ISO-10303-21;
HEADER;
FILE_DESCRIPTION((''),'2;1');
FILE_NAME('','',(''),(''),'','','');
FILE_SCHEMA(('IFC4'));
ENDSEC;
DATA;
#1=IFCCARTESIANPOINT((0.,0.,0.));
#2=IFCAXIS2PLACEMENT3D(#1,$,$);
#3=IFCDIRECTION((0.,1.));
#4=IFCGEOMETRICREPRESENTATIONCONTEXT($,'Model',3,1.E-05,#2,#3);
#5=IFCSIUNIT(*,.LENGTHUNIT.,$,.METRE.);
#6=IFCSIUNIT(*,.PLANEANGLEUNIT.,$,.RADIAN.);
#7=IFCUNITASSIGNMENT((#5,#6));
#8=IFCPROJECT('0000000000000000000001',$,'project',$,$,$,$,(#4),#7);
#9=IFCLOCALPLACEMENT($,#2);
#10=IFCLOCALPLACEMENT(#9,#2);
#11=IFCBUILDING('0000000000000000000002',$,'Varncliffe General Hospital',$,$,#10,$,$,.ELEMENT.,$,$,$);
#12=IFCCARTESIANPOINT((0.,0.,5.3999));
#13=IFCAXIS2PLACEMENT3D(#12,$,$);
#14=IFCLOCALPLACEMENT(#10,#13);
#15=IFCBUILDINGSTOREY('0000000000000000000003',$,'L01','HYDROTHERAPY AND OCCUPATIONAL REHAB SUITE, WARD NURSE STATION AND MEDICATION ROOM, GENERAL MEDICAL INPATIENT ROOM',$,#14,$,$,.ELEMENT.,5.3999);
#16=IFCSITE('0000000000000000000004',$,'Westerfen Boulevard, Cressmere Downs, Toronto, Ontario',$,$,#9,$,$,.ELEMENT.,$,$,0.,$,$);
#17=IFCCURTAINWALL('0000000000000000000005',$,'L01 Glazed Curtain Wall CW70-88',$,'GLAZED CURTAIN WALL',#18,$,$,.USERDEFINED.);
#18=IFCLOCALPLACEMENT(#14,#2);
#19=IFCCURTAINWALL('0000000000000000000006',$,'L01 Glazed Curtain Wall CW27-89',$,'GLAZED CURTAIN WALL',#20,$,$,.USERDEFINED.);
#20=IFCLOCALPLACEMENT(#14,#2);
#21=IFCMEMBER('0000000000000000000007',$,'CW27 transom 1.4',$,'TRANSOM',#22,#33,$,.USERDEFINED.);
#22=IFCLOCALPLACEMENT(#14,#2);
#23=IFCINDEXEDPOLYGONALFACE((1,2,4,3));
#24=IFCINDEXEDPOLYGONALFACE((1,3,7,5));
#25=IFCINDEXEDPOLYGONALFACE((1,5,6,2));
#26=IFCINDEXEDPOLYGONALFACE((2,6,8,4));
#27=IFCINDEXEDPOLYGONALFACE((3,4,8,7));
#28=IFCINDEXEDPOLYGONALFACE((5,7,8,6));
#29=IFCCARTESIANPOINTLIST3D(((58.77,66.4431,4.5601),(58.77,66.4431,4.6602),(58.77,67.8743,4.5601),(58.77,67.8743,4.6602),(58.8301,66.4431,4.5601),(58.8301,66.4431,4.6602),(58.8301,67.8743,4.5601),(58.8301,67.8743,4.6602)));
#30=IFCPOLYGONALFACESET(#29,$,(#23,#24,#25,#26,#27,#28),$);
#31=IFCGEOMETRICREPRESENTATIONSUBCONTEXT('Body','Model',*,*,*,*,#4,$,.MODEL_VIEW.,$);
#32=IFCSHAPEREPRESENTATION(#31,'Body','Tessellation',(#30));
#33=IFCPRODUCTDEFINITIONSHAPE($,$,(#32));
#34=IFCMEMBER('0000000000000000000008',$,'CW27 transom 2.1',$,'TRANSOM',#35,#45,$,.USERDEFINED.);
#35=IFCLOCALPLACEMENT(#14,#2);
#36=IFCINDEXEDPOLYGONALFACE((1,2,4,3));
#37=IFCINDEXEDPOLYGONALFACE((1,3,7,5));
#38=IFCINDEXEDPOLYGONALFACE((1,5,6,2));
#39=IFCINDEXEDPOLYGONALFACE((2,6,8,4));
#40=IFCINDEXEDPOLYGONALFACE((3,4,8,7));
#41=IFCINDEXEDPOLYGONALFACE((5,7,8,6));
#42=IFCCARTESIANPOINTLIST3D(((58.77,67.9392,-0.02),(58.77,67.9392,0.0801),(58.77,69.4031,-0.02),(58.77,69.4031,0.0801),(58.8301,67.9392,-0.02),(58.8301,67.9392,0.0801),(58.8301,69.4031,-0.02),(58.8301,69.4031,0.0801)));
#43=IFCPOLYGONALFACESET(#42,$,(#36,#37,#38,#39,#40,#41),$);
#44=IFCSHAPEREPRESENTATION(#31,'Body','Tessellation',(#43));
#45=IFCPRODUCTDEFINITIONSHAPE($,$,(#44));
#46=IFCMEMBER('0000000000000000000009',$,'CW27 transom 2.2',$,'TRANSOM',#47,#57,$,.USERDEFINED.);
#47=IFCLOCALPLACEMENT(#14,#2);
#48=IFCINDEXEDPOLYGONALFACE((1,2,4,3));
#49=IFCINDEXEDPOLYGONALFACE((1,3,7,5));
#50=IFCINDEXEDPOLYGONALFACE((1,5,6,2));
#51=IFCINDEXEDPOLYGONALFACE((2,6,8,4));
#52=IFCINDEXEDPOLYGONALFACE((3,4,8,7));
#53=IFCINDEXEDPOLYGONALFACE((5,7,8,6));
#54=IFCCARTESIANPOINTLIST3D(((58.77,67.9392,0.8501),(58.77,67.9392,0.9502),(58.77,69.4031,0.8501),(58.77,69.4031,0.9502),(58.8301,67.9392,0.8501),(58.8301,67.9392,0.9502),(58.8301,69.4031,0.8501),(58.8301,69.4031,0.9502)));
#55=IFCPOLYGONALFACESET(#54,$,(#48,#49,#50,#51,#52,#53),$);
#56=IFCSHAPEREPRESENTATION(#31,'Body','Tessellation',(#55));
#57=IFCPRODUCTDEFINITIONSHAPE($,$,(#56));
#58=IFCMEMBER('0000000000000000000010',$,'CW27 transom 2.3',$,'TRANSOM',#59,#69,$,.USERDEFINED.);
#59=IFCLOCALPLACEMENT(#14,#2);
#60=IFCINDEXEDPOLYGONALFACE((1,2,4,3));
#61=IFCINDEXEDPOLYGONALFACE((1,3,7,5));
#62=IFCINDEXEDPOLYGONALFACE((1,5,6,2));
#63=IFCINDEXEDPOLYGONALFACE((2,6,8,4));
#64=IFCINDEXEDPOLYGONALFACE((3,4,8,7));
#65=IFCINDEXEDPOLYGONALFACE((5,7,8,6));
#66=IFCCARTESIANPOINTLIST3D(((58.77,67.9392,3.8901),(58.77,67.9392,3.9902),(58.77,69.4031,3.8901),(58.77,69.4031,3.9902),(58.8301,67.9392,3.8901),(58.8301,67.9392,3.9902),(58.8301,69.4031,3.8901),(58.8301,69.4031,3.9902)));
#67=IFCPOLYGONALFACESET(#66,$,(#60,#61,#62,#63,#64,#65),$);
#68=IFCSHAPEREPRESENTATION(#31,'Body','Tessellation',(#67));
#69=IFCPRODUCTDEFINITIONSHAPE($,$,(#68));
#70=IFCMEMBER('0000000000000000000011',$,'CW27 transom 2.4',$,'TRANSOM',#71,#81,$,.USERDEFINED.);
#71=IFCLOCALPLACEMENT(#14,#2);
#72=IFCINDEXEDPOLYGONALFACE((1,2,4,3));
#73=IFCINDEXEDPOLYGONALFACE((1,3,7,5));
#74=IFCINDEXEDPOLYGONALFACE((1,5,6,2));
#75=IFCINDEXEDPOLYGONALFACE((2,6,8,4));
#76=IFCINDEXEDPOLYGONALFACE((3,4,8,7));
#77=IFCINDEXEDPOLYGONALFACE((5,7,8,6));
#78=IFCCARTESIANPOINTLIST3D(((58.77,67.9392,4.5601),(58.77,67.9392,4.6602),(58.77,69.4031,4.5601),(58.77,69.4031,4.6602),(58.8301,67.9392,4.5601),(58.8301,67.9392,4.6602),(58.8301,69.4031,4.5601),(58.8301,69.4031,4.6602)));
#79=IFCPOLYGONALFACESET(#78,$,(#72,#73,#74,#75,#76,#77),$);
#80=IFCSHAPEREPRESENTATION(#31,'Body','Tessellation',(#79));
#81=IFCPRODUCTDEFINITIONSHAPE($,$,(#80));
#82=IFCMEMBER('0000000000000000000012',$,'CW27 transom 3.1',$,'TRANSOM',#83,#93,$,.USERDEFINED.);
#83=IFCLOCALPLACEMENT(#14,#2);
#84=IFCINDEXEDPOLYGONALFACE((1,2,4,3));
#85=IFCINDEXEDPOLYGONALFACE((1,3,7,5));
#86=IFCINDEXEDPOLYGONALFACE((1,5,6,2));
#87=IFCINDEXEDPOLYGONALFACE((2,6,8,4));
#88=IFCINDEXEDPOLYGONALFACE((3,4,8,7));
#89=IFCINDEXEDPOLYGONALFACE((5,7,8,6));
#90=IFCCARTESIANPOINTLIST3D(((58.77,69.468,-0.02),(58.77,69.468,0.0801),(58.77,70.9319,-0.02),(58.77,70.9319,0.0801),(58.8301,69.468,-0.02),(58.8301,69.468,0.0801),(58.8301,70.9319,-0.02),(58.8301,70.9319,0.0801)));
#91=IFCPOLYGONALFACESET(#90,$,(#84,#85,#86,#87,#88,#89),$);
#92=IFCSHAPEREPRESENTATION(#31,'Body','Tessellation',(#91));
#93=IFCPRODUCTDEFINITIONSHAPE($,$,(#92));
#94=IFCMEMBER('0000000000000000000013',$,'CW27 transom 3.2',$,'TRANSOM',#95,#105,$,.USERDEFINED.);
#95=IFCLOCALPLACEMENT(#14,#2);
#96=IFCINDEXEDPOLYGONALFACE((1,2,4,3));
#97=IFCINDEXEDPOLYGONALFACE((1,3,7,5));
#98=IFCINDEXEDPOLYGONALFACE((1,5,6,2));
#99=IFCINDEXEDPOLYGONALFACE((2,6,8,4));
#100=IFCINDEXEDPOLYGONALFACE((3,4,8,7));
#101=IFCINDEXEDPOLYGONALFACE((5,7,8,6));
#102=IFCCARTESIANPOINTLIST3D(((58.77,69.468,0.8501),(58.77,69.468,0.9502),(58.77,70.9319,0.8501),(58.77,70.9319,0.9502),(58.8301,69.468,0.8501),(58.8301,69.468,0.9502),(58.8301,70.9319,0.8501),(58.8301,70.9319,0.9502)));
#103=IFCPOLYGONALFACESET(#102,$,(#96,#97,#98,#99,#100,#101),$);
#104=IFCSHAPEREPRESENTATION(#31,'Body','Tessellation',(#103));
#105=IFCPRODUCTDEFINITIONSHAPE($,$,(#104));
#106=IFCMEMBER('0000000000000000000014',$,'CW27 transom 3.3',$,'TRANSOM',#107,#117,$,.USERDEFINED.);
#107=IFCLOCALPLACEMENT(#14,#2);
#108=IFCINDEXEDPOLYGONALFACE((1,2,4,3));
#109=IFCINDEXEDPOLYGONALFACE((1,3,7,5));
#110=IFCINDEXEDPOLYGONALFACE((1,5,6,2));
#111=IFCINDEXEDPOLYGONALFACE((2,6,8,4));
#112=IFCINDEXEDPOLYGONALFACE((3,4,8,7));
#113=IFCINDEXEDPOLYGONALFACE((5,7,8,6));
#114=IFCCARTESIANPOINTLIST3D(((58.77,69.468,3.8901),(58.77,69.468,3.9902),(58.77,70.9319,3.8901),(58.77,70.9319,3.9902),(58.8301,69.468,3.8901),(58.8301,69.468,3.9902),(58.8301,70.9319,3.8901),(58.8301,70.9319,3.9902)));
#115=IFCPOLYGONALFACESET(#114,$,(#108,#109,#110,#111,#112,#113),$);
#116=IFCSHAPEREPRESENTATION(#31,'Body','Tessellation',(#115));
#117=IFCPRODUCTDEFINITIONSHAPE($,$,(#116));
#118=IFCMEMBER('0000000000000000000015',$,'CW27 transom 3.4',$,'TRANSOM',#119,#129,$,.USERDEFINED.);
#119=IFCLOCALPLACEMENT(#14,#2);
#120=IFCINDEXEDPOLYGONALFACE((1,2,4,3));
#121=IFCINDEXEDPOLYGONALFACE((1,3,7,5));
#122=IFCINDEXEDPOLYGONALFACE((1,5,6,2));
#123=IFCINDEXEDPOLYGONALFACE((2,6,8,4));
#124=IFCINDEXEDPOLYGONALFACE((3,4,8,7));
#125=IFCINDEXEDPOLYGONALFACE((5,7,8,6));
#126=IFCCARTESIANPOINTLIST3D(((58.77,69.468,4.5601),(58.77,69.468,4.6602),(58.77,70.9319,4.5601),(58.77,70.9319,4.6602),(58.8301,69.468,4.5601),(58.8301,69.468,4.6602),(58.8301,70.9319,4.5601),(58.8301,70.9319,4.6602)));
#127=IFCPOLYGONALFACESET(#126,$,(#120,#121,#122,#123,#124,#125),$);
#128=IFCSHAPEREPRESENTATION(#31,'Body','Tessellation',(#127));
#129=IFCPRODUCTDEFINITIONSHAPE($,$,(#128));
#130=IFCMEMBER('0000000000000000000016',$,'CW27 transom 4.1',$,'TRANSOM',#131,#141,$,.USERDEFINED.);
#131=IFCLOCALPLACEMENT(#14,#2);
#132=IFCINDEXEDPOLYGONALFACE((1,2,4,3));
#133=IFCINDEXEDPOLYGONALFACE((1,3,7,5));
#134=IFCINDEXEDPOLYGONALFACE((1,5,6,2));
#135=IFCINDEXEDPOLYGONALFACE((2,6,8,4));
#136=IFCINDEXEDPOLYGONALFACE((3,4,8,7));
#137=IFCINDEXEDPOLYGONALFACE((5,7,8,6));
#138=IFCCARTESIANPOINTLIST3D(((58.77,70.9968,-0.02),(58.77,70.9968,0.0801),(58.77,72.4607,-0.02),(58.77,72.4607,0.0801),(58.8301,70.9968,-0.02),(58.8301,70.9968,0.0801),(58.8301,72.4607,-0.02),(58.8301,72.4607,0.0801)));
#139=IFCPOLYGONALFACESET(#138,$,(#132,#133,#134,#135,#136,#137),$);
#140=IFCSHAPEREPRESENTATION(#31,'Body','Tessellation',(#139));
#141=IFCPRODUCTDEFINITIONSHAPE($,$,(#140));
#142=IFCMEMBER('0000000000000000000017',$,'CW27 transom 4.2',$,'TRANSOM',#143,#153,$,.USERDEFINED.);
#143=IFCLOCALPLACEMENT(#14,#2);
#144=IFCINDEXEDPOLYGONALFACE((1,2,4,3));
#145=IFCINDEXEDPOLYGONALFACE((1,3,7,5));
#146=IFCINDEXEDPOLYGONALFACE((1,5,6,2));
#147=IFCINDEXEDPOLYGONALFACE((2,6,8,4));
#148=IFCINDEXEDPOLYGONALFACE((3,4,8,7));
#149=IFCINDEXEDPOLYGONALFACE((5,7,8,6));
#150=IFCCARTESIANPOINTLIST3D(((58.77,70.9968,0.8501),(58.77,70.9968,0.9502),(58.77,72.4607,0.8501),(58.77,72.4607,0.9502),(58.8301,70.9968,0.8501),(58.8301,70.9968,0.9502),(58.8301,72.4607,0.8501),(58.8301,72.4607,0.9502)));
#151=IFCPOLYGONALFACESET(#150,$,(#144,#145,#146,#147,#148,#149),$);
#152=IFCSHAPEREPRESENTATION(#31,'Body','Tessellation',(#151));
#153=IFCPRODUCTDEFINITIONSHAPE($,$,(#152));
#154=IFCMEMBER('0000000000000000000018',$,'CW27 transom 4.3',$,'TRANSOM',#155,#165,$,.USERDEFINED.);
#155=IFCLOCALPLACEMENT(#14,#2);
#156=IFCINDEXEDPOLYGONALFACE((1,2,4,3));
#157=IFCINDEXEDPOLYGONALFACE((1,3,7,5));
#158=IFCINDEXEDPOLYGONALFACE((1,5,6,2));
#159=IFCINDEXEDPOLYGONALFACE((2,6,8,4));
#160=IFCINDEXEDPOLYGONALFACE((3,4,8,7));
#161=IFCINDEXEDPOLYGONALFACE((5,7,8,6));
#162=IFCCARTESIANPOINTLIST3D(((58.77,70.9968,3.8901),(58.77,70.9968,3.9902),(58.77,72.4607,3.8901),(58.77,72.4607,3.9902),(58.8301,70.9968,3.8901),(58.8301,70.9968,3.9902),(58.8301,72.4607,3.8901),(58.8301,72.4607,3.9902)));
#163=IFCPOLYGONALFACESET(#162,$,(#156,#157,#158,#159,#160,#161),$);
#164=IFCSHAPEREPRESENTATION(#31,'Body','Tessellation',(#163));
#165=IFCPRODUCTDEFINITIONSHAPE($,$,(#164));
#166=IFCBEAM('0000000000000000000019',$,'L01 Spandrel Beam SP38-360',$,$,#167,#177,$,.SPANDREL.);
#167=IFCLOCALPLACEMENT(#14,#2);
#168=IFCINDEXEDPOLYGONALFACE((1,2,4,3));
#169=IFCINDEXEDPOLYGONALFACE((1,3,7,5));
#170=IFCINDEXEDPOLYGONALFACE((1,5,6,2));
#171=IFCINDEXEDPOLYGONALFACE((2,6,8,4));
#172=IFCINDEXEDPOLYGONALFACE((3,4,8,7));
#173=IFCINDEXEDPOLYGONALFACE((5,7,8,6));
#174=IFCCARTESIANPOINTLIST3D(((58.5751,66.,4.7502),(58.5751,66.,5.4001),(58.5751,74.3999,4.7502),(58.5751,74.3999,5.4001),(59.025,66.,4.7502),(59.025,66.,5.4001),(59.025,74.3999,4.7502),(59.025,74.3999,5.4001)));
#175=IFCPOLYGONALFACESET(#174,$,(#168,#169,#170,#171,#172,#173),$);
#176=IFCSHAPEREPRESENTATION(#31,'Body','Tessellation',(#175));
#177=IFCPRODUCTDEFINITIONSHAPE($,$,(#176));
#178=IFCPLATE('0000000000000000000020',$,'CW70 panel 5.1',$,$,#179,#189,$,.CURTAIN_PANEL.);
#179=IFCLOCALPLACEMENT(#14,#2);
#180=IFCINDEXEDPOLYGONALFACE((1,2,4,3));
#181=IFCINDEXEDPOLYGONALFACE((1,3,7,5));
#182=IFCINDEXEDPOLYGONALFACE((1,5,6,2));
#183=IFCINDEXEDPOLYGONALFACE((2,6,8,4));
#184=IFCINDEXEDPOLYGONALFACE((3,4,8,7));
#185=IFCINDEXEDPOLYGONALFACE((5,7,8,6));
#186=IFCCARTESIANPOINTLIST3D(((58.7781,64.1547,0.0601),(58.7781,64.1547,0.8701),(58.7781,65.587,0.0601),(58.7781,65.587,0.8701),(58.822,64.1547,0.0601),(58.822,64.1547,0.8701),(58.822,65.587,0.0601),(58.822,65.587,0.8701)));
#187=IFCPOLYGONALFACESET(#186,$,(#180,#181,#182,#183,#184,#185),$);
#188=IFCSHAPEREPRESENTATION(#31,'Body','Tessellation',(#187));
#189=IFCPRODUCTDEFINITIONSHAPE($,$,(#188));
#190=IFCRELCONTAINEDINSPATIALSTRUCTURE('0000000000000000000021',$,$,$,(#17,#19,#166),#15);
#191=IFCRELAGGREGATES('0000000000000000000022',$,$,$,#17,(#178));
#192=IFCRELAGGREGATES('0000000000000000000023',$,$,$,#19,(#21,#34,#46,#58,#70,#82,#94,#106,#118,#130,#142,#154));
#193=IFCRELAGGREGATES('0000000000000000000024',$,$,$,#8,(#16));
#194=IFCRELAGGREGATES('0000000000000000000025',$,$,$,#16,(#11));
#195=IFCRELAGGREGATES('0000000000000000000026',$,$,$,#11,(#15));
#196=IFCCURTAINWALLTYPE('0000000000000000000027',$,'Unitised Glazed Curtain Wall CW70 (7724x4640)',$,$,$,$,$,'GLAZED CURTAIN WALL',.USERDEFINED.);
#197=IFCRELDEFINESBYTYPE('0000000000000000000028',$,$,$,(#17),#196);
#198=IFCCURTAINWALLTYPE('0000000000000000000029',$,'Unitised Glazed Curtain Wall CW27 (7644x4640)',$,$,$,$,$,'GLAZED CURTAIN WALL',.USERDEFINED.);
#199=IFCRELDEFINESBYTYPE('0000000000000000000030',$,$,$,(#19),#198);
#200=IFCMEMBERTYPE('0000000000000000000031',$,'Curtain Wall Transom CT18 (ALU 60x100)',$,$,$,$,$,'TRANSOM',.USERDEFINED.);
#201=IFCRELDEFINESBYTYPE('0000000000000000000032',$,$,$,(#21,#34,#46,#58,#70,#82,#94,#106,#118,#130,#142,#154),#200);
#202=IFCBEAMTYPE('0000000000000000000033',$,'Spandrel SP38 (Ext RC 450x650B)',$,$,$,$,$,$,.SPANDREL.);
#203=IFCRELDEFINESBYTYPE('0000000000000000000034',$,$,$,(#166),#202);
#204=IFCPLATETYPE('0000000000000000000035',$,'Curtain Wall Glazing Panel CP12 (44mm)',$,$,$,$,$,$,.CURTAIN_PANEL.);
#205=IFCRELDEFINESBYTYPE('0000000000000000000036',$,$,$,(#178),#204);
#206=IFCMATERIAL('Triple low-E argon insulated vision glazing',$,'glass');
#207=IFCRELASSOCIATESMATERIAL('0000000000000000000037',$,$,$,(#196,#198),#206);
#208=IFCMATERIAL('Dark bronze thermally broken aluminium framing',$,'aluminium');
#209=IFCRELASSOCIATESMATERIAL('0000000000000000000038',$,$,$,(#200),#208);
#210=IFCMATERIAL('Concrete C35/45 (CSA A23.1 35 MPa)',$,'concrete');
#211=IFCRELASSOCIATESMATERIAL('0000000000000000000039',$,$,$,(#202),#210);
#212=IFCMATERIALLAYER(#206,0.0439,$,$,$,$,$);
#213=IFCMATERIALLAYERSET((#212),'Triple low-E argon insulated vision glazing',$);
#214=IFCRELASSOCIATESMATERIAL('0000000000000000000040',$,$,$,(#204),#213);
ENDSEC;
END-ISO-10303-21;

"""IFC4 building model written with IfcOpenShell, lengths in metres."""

from ifc_helpers import new_model, si_unit, direction, frame, origin, origin_2d, place, context, subcontext, project, spatial, rectangle, extrude, material, layer, layer_set, material_profile, profile_set, type_object, element, aggregate, save


model = new_model("IFC4")

# Units and contexts
model_context = context("Model", 3, precision=1e-05, world=origin(), true_north=direction((0.0, 1.0)))
body_context = subcontext(model_context, "Body", "Model", "MODEL_VIEW")
ifc_project = project(units=[si_unit("LENGTHUNIT", "METRE"), si_unit("PLANEANGLEUNIT", "RADIAN")], contexts=[model_context])

# Site, building, storey
site_placement = place(None, origin())
site = spatial("IfcSite", under=ifc_project, at=site_placement, Name="Westerfen Boulevard, Cressmere Downs, Toronto, Ontario", CompositionType="ELEMENT", RefElevation=0.0)
building_placement = place(site_placement, origin())
building = spatial("IfcBuilding", under=site, at=building_placement, Name="Varncliffe General Hospital", CompositionType="ELEMENT")
storey_placement = place(building_placement, frame((0.0, 0.0, 5.3999)))
storey = spatial("IfcBuildingStorey", under=building, at=storey_placement, Name="L01", Description="HYDROTHERAPY AND OCCUPATIONAL REHAB SUITE, WARD NURSE STATION AND MEDICATION ROOM, GENERAL MEDICAL INPATIENT ROOM", CompositionType="ELEMENT", Elevation=5.3999)

# Shared definitions
ifc_material_1 = material(Name="Concrete C35/45 (CSA A23.1 35 MPa)", Category="concrete")

# Curtain wall
ifc_material_2 = material(Name="Triple low-E argon insulated vision glazing", Category="glass")
curtain_wall_type_1 = type_object("IfcCurtainWallType", Name="Unitised Glazed Curtain Wall CW70 (7724x4640)", ElementType="GLAZED CURTAIN WALL", PredefinedType="USERDEFINED", material=ifc_material_2)
curtain_wall_1_placement = place(storey_placement, origin())
curtain_wall_1 = element("IfcCurtainWall", 1, at=curtain_wall_1_placement, inside=storey, type_object=curtain_wall_type_1, Name="L01 Glazed Curtain Wall CW70-88", ObjectType="GLAZED CURTAIN WALL", PredefinedType="USERDEFINED")
ifc_material_3 = material(Name="Dark bronze thermally broken aluminium framing", Category="aluminium")

# Curtain wall
curtain_wall_type_2 = type_object("IfcCurtainWallType", Name="Unitised Glazed Curtain Wall CW27 (7644x4640)", ElementType="GLAZED CURTAIN WALL", PredefinedType="USERDEFINED", material=ifc_material_2)
curtain_wall_2_placement = place(storey_placement, origin())
curtain_wall_2 = element("IfcCurtainWall", 2, at=curtain_wall_2_placement, inside=storey, type_object=curtain_wall_type_2, Name="L01 Glazed Curtain Wall CW27-89", ObjectType="GLAZED CURTAIN WALL", PredefinedType="USERDEFINED")

# Members
ifc_material_profile_1 = material_profile(ifc_material_3, rectangle(XDim=0.0601, YDim=0.1001, at=origin_2d()), Name="ALU 60x100")
ifc_profile_set_1 = profile_set([ifc_material_profile_1], Name="Dark bronze thermally broken aluminium framing")
member_type_1 = type_object("IfcMemberType", Name="Curtain Wall Transom CT18 (ALU 60x100)", ElementType="TRANSOM", PredefinedType="USERDEFINED", material=ifc_profile_set_1)
member_1_placement = place(storey_placement, frame((58.8, 66.4431, 4.6101), z_axis=(0.0, 1.0, 0.0), x_axis=(-1.0, 0.0, 0.0)))
member_1 = element("IfcMember", 3, at=member_1_placement, type_object=member_type_1, Name="CW27 transom 1.4", ObjectType="TRANSOM", PredefinedType="USERDEFINED", context=body_context, shape_type="SweptSolid", body=[
    extrude(rectangle(XDim=0.0601, YDim=0.1001, at=origin_2d()), origin(), (0.0, 0.0, 1.0), 1.4312),
])
member_2_placement = place(storey_placement, frame((58.8, 67.9392, 0.03), z_axis=(0.0, 1.0, 0.0), x_axis=(-1.0, 0.0, 0.0)))
member_2 = element("IfcMember", 4, at=member_2_placement, type_object=member_type_1, Name="CW27 transom 2.1", ObjectType="TRANSOM", PredefinedType="USERDEFINED", context=body_context, shape_type="SweptSolid", body=[
    extrude(rectangle(XDim=0.0601, YDim=0.1001, at=origin_2d()), origin(), (0.0, 0.0, 1.0), 1.4639),
])
member_3_placement = place(storey_placement, frame((58.8, 67.9392, 0.9001), z_axis=(0.0, 1.0, 0.0), x_axis=(-1.0, 0.0, 0.0)))
member_3 = element("IfcMember", 5, at=member_3_placement, type_object=member_type_1, Name="CW27 transom 2.2", ObjectType="TRANSOM", PredefinedType="USERDEFINED", context=body_context, shape_type="SweptSolid", body=[
    extrude(rectangle(XDim=0.0601, YDim=0.1001, at=origin_2d()), origin(), (0.0, 0.0, 1.0), 1.4639),
])
member_4_placement = place(storey_placement, frame((58.8, 67.9392, 3.9402), z_axis=(0.0, 1.0, 0.0), x_axis=(-1.0, 0.0, 0.0)))
member_4 = element("IfcMember", 6, at=member_4_placement, type_object=member_type_1, Name="CW27 transom 2.3", ObjectType="TRANSOM", PredefinedType="USERDEFINED", context=body_context, shape_type="SweptSolid", body=[
    extrude(rectangle(XDim=0.0601, YDim=0.1001, at=origin_2d()), origin(), (0.0, 0.0, 1.0), 1.4639),
])
member_5_placement = place(storey_placement, frame((58.8, 67.9392, 4.6101), z_axis=(0.0, 1.0, 0.0), x_axis=(-1.0, 0.0, 0.0)))
member_5 = element("IfcMember", 7, at=member_5_placement, type_object=member_type_1, Name="CW27 transom 2.4", ObjectType="TRANSOM", PredefinedType="USERDEFINED", context=body_context, shape_type="SweptSolid", body=[
    extrude(rectangle(XDim=0.0601, YDim=0.1001, at=origin_2d()), origin(), (0.0, 0.0, 1.0), 1.4639),
])
member_6_placement = place(storey_placement, frame((58.8, 69.468, 0.03), z_axis=(0.0, 1.0, 0.0), x_axis=(-1.0, 0.0, 0.0)))
member_6 = element("IfcMember", 8, at=member_6_placement, type_object=member_type_1, Name="CW27 transom 3.1", ObjectType="TRANSOM", PredefinedType="USERDEFINED", context=body_context, shape_type="SweptSolid", body=[
    extrude(rectangle(XDim=0.0601, YDim=0.1001, at=origin_2d()), origin(), (0.0, 0.0, 1.0), 1.4639),
])
member_7_placement = place(storey_placement, frame((58.8, 69.468, 0.9001), z_axis=(0.0, 1.0, 0.0), x_axis=(-1.0, 0.0, 0.0)))
member_7 = element("IfcMember", 9, at=member_7_placement, type_object=member_type_1, Name="CW27 transom 3.2", ObjectType="TRANSOM", PredefinedType="USERDEFINED", context=body_context, shape_type="SweptSolid", body=[
    extrude(rectangle(XDim=0.0601, YDim=0.1001, at=origin_2d()), origin(), (0.0, 0.0, 1.0), 1.4639),
])
member_8_placement = place(storey_placement, frame((58.8, 69.468, 3.9402), z_axis=(0.0, 1.0, 0.0), x_axis=(-1.0, 0.0, 0.0)))
member_8 = element("IfcMember", 10, at=member_8_placement, type_object=member_type_1, Name="CW27 transom 3.3", ObjectType="TRANSOM", PredefinedType="USERDEFINED", context=body_context, shape_type="SweptSolid", body=[
    extrude(rectangle(XDim=0.0601, YDim=0.1001, at=origin_2d()), origin(), (0.0, 0.0, 1.0), 1.4639),
])
member_9_placement = place(storey_placement, frame((58.8, 69.468, 4.6101), z_axis=(0.0, 1.0, 0.0), x_axis=(-1.0, 0.0, 0.0)))
member_9 = element("IfcMember", 11, at=member_9_placement, type_object=member_type_1, Name="CW27 transom 3.4", ObjectType="TRANSOM", PredefinedType="USERDEFINED", context=body_context, shape_type="SweptSolid", body=[
    extrude(rectangle(XDim=0.0601, YDim=0.1001, at=origin_2d()), origin(), (0.0, 0.0, 1.0), 1.4639),
])
member_10_placement = place(storey_placement, frame((58.8, 70.9968, 0.03), z_axis=(0.0, 1.0, 0.0), x_axis=(-1.0, 0.0, 0.0)))
member_10 = element("IfcMember", 12, at=member_10_placement, type_object=member_type_1, Name="CW27 transom 4.1", ObjectType="TRANSOM", PredefinedType="USERDEFINED", context=body_context, shape_type="SweptSolid", body=[
    extrude(rectangle(XDim=0.0601, YDim=0.1001, at=origin_2d()), origin(), (0.0, 0.0, 1.0), 1.4639),
])
member_11_placement = place(storey_placement, frame((58.8, 70.9968, 0.9001), z_axis=(0.0, 1.0, 0.0), x_axis=(-1.0, 0.0, 0.0)))
member_11 = element("IfcMember", 13, at=member_11_placement, type_object=member_type_1, Name="CW27 transom 4.2", ObjectType="TRANSOM", PredefinedType="USERDEFINED", context=body_context, shape_type="SweptSolid", body=[
    extrude(rectangle(XDim=0.0601, YDim=0.1001, at=origin_2d()), origin(), (0.0, 0.0, 1.0), 1.4639),
])
member_12_placement = place(storey_placement, frame((58.8, 70.9968, 3.9402), z_axis=(0.0, 1.0, 0.0), x_axis=(-1.0, 0.0, 0.0)))
member_12 = element("IfcMember", 14, at=member_12_placement, type_object=member_type_1, Name="CW27 transom 4.3", ObjectType="TRANSOM", PredefinedType="USERDEFINED", context=body_context, shape_type="SweptSolid", body=[
    extrude(rectangle(XDim=0.0601, YDim=0.1001, at=origin_2d()), origin(), (0.0, 0.0, 1.0), 1.4639),
])

# Beam
ifc_material_profile_2 = material_profile(ifc_material_1, rectangle(XDim=0.45, YDim=0.6499, at=origin_2d()), Name="RC 450x650")
ifc_profile_set_2 = profile_set([ifc_material_profile_2], Name="Concrete C35/45 (CSA A23.1 35 MPa)")
beam_type_1 = type_object("IfcBeamType", Name="Spandrel SP38 (Ext RC 450x650B)", PredefinedType="SPANDREL", material=ifc_profile_set_2)
beam_1_placement = place(storey_placement, frame((58.8, 66.0, 5.0752), z_axis=(0.0, 1.0, 0.0), x_axis=(-1.0, 0.0, 0.0)))
element("IfcBeam", 15, at=beam_1_placement, inside=storey, type_object=beam_type_1, Name="L01 Spandrel Beam SP38-360", PredefinedType="SPANDREL", context=body_context, shape_type="SweptSolid", body=[
    extrude(rectangle(XDim=0.45, YDim=0.6499, at=origin_2d()), origin(), (0.0, 0.0, 1.0), 8.3999),
])

# Plate
ifc_layer_1 = layer(ifc_material_2, 0.0439)
ifc_layer_set_1 = layer_set([ifc_layer_1], Name="Triple low-E argon insulated vision glazing")
plate_type_1 = type_object("IfcPlateType", Name="Curtain Wall Glazing Panel CP12 (44mm)", PredefinedType="CURTAIN_PANEL", material=ifc_layer_set_1)
plate_1_placement = place(storey_placement, frame((58.8, 64.8708, 0.0601), z_axis=(0.0, 0.0, 1.0), x_axis=(0.0, 1.0, 0.0)))
plate_1 = element("IfcPlate", 16, at=plate_1_placement, type_object=plate_type_1, Name="CW70 panel 5.1", PredefinedType="CURTAIN_PANEL", context=body_context, shape_type="SweptSolid", body=[
    extrude(rectangle(XDim=1.4324, YDim=0.0439, at=origin_2d()), origin(), (0.0, 0.0, 1.0), 0.8101),
])
aggregate(curtain_wall_1, [plate_1])
aggregate(curtain_wall_2, [member_1, member_2, member_3, member_4, member_5, member_6, member_7, member_8, member_9, member_10, member_11, member_12])

save(model, "model.ifc")
